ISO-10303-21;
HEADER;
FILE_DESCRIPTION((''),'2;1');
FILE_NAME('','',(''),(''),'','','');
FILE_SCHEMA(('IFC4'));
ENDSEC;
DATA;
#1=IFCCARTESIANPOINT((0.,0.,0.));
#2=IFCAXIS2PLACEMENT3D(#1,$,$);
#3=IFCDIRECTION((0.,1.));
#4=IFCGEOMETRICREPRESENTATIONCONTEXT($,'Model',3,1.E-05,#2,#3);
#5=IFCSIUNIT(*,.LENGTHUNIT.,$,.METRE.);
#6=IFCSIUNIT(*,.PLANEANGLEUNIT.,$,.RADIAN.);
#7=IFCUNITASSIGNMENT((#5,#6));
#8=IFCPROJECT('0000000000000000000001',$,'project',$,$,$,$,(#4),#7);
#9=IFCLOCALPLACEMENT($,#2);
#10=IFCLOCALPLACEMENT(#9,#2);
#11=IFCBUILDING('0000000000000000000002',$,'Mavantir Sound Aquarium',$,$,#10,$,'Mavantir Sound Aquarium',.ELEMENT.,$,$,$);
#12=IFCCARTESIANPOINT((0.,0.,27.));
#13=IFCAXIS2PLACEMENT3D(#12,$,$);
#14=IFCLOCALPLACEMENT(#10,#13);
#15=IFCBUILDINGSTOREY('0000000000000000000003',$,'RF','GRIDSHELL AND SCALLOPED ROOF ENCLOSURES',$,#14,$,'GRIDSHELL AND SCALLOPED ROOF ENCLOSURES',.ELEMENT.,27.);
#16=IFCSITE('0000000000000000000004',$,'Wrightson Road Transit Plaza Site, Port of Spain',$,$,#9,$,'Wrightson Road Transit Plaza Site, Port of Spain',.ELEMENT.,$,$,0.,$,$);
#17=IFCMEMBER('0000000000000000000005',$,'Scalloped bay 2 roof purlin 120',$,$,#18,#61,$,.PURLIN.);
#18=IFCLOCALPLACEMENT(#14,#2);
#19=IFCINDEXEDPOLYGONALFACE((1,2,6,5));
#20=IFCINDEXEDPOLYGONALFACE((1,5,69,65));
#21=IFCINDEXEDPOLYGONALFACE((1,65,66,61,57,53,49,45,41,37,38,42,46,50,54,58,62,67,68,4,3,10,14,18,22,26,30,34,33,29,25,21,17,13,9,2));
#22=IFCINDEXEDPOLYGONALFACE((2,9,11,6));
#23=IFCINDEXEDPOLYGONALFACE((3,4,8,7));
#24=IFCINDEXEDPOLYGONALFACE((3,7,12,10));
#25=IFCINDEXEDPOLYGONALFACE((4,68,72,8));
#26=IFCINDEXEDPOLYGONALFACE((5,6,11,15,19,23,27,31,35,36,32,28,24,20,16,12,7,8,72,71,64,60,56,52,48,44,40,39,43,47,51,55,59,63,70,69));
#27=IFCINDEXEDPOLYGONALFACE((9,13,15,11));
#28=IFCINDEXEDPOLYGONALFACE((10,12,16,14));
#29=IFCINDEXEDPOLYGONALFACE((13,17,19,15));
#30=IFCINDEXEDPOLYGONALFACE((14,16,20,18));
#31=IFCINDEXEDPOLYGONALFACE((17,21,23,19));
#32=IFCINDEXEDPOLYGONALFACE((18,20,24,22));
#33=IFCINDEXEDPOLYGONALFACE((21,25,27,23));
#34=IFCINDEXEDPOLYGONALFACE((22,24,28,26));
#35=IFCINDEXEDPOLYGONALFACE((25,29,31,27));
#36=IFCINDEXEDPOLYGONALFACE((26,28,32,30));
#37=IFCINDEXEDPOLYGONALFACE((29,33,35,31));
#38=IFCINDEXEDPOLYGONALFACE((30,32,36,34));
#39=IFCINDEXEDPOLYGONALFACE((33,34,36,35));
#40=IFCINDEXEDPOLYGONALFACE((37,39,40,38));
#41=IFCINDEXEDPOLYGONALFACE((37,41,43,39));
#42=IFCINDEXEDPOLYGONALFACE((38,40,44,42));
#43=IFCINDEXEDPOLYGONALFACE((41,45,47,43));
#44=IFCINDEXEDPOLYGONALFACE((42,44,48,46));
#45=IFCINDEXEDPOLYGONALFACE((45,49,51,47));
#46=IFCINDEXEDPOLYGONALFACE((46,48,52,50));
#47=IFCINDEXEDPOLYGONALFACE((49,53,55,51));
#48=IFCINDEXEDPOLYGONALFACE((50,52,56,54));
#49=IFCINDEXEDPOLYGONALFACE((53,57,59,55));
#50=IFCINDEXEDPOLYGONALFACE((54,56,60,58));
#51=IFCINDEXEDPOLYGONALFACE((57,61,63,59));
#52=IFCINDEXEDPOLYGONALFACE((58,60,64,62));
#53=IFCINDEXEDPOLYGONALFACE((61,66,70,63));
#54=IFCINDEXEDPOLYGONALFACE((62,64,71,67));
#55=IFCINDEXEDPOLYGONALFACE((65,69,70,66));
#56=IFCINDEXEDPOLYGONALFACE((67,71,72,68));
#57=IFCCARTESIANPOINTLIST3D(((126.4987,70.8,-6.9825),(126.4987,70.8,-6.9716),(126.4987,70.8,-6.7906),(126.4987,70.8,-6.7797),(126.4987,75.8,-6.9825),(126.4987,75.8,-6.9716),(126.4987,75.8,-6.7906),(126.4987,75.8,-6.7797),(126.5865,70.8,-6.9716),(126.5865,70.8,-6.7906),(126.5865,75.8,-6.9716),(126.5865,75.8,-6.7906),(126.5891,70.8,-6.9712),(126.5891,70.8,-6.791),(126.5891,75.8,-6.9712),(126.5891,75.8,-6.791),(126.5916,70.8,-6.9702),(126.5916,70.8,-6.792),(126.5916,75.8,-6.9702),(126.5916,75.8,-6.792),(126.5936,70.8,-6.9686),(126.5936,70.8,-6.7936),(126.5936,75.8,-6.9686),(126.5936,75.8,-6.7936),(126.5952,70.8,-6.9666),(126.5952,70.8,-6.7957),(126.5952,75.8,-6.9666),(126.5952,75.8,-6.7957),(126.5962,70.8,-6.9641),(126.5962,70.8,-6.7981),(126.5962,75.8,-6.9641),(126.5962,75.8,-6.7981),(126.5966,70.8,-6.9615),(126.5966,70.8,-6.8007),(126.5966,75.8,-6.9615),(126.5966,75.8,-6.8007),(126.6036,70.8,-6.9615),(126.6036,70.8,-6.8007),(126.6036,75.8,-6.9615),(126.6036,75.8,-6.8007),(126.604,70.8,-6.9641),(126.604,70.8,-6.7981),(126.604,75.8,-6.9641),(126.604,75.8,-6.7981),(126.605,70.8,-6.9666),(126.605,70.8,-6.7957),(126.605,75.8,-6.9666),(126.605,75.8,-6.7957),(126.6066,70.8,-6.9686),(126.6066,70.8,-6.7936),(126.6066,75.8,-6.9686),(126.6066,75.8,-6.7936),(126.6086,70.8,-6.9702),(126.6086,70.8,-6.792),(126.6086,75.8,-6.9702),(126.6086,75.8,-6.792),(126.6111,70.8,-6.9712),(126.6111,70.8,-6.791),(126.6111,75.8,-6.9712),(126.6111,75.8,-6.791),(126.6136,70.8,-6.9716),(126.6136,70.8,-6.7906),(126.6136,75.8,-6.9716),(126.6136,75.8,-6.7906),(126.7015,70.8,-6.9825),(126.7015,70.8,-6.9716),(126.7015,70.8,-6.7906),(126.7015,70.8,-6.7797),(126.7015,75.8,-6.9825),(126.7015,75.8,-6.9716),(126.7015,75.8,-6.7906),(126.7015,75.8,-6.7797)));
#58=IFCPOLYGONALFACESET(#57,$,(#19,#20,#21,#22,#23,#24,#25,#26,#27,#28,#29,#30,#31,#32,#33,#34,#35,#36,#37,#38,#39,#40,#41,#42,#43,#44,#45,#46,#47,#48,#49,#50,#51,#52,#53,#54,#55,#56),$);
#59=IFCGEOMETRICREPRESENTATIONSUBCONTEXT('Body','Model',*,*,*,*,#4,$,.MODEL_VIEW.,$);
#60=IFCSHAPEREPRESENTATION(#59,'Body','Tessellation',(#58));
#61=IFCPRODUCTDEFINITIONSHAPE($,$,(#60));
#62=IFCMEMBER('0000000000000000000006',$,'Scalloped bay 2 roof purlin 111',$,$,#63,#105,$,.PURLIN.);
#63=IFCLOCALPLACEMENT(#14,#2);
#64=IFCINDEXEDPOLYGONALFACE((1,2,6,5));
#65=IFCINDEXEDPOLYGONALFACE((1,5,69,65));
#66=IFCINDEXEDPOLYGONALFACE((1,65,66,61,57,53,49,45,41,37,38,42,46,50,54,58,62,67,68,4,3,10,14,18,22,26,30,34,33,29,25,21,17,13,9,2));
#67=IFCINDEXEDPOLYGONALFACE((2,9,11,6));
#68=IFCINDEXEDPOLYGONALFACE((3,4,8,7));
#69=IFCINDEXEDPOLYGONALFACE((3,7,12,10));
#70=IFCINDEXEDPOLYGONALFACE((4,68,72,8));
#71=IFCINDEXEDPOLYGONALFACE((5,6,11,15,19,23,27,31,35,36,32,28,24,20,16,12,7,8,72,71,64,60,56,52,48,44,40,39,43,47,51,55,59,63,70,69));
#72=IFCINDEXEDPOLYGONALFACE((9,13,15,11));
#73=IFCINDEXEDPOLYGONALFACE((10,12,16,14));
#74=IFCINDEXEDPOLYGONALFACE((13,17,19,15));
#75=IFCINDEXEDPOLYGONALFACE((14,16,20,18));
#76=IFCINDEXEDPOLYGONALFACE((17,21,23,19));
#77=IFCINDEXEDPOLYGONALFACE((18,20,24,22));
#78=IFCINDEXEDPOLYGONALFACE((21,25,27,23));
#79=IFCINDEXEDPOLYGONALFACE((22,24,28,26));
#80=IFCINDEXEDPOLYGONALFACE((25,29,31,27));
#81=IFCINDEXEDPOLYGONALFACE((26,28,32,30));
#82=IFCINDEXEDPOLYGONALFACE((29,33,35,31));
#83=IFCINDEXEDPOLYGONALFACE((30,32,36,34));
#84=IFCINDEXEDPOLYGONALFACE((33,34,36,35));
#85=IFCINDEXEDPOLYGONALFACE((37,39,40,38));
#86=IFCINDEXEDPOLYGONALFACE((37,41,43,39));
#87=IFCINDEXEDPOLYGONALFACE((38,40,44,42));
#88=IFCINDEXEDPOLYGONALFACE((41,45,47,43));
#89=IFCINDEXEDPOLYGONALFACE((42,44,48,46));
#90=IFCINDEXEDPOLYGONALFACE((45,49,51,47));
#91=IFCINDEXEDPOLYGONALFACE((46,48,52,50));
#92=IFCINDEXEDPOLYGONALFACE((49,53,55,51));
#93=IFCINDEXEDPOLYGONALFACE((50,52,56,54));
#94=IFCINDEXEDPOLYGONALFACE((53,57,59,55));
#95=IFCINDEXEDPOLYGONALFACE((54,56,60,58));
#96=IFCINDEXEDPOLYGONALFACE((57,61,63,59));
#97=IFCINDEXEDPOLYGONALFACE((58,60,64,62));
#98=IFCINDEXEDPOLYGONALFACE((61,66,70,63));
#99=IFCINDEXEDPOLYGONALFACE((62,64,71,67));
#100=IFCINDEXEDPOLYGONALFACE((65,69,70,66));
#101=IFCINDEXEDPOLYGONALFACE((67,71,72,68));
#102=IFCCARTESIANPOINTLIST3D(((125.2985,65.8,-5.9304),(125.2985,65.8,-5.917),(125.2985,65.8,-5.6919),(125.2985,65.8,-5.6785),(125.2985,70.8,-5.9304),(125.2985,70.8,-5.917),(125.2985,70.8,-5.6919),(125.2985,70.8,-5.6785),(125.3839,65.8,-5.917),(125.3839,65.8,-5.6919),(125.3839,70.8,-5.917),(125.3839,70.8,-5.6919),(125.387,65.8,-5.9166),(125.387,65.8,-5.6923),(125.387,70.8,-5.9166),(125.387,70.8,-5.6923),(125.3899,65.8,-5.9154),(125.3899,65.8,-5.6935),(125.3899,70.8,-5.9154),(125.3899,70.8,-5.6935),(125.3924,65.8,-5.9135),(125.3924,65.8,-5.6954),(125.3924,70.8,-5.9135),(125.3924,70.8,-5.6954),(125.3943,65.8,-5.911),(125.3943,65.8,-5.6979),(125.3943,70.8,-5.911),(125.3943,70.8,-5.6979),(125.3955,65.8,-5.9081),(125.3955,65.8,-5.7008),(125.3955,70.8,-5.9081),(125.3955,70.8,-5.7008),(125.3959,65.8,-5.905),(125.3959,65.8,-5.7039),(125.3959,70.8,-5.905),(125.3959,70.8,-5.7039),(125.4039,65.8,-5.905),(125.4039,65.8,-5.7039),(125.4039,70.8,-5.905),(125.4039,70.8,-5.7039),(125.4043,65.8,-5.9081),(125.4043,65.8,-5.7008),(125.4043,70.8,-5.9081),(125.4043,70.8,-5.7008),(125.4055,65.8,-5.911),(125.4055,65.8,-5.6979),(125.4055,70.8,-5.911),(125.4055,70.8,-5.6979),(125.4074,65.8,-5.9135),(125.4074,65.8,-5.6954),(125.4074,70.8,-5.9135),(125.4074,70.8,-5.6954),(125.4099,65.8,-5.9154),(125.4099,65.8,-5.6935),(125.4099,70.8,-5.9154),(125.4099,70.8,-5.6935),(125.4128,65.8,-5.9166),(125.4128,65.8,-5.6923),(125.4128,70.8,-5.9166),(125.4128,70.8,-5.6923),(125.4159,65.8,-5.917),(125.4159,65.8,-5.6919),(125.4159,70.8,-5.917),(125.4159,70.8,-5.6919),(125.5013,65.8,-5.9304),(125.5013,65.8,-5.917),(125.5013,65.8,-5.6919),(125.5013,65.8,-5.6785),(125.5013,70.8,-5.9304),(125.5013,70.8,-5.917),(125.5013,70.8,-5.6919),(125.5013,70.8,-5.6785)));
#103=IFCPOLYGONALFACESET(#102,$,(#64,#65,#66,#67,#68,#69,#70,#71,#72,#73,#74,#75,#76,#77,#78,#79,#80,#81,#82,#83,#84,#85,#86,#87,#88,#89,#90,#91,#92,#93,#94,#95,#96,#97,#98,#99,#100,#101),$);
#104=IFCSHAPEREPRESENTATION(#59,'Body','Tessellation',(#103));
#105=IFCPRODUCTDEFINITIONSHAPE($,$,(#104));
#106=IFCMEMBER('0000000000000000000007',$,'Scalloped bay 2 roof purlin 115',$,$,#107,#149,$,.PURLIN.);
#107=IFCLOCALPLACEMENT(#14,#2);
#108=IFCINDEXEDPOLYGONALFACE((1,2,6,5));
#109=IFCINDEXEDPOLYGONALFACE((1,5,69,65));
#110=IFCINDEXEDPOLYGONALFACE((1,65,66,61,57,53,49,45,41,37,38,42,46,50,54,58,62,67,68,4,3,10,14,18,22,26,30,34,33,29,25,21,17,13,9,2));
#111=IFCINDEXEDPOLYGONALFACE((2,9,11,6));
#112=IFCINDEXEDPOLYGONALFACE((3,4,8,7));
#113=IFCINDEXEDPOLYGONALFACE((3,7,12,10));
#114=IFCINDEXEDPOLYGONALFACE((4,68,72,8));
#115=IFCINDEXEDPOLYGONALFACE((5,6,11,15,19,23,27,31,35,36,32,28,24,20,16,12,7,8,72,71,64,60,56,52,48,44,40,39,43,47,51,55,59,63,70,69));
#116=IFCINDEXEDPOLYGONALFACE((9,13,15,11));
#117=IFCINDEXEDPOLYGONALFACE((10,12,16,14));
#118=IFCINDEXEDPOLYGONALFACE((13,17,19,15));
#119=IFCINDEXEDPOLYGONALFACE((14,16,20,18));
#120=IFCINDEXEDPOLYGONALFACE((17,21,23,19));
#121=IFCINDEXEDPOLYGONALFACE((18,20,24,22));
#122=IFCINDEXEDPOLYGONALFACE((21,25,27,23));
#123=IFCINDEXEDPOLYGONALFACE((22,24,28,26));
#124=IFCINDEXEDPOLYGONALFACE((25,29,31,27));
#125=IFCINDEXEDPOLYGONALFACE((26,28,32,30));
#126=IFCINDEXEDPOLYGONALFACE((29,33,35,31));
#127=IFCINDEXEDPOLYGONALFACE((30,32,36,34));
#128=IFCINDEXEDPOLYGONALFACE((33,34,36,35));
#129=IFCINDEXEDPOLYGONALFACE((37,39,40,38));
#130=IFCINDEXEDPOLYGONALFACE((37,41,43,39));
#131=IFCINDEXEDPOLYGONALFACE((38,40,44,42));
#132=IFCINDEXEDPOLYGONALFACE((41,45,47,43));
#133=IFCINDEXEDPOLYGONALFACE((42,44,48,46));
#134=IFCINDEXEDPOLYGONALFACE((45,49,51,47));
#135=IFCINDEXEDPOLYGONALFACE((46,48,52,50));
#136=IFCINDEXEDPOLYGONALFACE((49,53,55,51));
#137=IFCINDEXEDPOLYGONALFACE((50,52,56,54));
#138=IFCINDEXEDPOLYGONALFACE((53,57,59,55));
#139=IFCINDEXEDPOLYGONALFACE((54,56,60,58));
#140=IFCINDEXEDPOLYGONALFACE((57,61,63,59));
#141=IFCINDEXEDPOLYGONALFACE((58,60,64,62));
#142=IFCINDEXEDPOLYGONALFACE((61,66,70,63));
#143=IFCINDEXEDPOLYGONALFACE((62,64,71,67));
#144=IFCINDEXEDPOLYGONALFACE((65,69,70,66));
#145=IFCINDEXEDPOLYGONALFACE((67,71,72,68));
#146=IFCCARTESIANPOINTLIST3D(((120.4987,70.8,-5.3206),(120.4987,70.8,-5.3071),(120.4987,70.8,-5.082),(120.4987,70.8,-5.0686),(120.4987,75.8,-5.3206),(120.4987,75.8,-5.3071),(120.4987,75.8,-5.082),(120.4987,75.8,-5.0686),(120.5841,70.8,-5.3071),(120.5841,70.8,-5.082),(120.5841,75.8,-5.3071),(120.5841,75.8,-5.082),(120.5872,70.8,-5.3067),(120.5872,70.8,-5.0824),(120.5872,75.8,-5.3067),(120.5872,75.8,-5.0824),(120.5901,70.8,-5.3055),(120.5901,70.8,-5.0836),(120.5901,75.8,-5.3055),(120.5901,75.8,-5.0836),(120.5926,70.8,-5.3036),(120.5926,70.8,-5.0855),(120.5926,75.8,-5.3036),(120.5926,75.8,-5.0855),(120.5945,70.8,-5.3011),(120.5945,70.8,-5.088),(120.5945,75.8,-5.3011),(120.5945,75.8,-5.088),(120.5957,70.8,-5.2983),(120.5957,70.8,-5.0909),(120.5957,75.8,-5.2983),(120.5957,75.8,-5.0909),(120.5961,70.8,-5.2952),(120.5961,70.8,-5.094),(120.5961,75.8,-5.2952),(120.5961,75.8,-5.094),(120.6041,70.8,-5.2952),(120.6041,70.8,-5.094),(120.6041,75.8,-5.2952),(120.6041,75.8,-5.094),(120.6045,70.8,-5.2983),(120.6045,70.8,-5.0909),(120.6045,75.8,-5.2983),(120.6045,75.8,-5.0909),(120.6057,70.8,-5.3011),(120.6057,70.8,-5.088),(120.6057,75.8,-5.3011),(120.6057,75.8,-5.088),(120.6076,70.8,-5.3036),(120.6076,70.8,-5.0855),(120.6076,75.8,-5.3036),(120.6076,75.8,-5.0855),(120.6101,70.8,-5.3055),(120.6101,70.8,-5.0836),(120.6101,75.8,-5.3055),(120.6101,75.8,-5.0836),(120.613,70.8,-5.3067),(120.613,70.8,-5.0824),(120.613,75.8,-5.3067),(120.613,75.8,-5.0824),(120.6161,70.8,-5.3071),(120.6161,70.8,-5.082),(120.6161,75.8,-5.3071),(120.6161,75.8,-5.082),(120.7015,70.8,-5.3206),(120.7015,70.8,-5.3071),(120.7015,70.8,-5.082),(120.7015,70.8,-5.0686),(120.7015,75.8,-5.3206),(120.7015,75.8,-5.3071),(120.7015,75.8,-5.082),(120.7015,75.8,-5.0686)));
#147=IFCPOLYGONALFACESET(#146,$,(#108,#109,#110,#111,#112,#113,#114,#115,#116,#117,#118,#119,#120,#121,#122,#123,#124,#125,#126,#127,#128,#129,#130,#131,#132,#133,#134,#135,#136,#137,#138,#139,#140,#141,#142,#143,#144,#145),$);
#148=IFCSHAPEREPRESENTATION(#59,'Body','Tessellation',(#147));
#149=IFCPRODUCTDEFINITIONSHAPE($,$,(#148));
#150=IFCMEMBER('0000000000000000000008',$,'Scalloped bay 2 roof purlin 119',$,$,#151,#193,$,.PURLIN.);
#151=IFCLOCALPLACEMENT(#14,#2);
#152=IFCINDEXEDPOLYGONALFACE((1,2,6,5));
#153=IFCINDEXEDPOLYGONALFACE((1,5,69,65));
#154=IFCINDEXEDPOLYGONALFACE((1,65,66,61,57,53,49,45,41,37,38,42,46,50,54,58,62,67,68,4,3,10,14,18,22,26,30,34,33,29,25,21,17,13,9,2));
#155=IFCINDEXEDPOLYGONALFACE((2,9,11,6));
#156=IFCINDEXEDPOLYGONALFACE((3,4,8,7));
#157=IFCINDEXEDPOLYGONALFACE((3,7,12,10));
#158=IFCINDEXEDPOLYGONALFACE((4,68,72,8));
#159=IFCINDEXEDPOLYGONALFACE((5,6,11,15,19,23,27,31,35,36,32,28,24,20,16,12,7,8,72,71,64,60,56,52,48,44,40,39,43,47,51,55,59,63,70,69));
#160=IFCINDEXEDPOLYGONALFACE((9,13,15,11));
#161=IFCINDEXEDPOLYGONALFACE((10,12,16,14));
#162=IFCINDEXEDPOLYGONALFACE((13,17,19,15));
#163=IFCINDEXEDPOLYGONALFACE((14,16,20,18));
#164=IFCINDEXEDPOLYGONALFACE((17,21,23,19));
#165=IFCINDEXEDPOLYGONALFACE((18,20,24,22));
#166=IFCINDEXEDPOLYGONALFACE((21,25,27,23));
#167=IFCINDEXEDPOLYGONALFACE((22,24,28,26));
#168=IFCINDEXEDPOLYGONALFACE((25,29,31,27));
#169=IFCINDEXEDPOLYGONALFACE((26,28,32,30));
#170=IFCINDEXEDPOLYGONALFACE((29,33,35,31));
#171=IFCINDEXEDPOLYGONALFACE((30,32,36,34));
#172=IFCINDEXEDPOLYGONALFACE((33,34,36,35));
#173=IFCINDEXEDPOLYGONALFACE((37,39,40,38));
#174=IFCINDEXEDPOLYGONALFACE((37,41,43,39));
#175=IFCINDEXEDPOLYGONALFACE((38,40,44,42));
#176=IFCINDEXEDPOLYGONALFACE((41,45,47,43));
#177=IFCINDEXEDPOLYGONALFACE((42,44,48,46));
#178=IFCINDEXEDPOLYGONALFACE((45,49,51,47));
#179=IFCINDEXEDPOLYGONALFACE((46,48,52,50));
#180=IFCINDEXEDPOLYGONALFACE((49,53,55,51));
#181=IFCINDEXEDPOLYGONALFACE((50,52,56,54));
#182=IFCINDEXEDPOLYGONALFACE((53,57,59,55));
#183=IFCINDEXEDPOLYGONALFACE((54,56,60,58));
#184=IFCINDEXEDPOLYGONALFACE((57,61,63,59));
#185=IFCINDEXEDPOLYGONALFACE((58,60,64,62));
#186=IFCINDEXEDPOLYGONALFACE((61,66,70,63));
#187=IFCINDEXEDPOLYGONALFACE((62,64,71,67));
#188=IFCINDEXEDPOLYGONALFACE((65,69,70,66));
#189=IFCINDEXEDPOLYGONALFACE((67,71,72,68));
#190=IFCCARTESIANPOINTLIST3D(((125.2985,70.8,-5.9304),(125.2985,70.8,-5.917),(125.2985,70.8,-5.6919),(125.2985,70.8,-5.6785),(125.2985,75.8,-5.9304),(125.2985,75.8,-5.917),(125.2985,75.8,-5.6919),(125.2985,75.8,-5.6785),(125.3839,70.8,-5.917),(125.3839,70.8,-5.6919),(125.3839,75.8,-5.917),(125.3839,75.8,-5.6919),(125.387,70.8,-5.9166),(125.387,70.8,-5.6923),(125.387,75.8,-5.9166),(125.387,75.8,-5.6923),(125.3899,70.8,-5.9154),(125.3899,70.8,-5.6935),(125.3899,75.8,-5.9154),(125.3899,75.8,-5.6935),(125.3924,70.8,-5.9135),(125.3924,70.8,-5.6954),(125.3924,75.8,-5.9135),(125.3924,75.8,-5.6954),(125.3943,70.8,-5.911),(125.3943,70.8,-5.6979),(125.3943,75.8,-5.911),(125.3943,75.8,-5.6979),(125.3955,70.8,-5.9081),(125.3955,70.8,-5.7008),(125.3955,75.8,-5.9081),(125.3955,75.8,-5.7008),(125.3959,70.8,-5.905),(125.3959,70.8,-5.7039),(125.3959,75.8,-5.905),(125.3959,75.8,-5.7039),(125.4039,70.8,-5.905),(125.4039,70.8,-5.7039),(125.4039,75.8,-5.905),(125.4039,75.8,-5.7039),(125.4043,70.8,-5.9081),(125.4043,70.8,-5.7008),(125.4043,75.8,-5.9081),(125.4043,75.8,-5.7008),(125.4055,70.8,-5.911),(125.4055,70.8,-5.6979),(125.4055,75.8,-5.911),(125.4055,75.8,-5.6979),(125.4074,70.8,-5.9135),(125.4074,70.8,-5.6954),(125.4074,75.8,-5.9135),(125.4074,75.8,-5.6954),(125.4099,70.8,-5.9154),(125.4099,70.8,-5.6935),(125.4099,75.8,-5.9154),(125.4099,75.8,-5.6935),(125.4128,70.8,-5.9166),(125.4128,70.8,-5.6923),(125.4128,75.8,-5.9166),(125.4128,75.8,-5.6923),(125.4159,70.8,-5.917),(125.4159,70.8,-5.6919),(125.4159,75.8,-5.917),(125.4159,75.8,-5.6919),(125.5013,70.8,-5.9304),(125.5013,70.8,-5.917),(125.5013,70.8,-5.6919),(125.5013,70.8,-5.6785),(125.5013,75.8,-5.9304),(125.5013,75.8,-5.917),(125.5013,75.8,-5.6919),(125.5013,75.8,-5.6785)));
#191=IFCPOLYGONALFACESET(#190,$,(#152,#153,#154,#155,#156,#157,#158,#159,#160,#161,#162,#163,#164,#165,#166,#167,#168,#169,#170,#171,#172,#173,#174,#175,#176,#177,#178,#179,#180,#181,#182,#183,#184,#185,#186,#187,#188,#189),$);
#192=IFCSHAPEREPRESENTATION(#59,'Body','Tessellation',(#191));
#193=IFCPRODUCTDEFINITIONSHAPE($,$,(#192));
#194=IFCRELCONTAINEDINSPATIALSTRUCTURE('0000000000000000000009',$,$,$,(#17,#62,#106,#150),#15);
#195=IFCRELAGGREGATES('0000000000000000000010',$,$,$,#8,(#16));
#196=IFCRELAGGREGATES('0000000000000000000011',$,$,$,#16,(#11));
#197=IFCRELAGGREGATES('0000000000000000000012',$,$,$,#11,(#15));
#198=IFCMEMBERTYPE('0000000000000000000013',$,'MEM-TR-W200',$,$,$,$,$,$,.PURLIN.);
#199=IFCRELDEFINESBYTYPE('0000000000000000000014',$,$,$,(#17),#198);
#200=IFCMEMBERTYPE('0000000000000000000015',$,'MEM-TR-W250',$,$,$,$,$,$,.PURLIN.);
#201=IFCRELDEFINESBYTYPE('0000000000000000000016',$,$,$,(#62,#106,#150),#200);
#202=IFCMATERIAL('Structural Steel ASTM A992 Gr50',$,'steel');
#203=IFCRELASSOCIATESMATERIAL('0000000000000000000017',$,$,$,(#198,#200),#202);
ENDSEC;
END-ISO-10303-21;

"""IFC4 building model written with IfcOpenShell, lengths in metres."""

from ifc_helpers import new_model, si_unit, direction, frame, origin, origin_2d, place, context, subcontext, project, spatial, i_section, extrude, material, material_profile, profile_set, type_object, element, save


model = new_model("IFC4")

# Units and contexts
model_context = context("Model", 3, precision=1e-05, world=origin(), true_north=direction((0.0, 1.0)))
body_context = subcontext(model_context, "Body", "Model", "MODEL_VIEW")
ifc_project = project(units=[si_unit("LENGTHUNIT", "METRE"), si_unit("PLANEANGLEUNIT", "RADIAN")], contexts=[model_context])

# Site, building, storey
site_placement = place(None, origin())
site = spatial("IfcSite", under=ifc_project, at=site_placement, Name="Wrightson Road Transit Plaza Site, Port of Spain", LongName="Wrightson Road Transit Plaza Site, Port of Spain", CompositionType="ELEMENT", RefElevation=0.0)
building_placement = place(site_placement, origin())
building = spatial("IfcBuilding", under=site, at=building_placement, Name="Mavantir Sound Aquarium", LongName="Mavantir Sound Aquarium", CompositionType="ELEMENT")
storey_placement = place(building_placement, frame((0.0, 0.0, 27.0)))
storey = spatial("IfcBuildingStorey", under=building, at=storey_placement, Name="RF", Description="GRIDSHELL AND SCALLOPED ROOF ENCLOSURES", LongName="GRIDSHELL AND SCALLOPED ROOF ENCLOSURES", CompositionType="ELEMENT", Elevation=27.0)

# Members
ifc_material_1 = material(Name="Structural Steel ASTM A992 Gr50", Category="steel")
ifc_material_profile_1 = material_profile(ifc_material_1, i_section(OverallWidth=0.2029, OverallDepth=0.2029, WebThickness=0.0071, FlangeThickness=0.011, FilletRadius=0.01, at=origin_2d()), Name="W200X46")
ifc_profile_set_1 = profile_set([ifc_material_profile_1], Name="Structural Steel ASTM A992 Gr50")
member_type_1 = type_object("IfcMemberType", Name="MEM-TR-W200", PredefinedType="PURLIN", material=ifc_profile_set_1)
for number, where, z_axis, x_axis, name in (
    (1, (126.6001, 70.8, -6.8811), (0.0, 1.0, 0.0), (-1.0, 0.0, 0.0), "Scalloped bay 2 roof purlin 120"),
):
    element("IfcMember", number, at=place(storey_placement, frame(where, z_axis=z_axis, x_axis=x_axis)), inside=storey, type_object=member_type_1, Name=name, PredefinedType="PURLIN", context=body_context, shape_type="SweptSolid", body=[
        extrude(i_section(OverallWidth=0.2029, OverallDepth=0.2029, WebThickness=0.0071, FlangeThickness=0.011, FilletRadius=0.01, at=origin_2d()), origin(), (0.0, 0.0, 1.0), 5.0),
    ])
ifc_material_profile_2 = material_profile(ifc_material_1, i_section(OverallWidth=0.2029, OverallDepth=0.252, WebThickness=0.0081, FlangeThickness=0.0134, FilletRadius=0.012, at=origin_2d()), Name="W250X58")
ifc_profile_set_2 = profile_set([ifc_material_profile_2], Name="Structural Steel ASTM A992 Gr50")
member_type_2 = type_object("IfcMemberType", Name="MEM-TR-W250", PredefinedType="PURLIN", material=ifc_profile_set_2)
for number, where, z_axis, x_axis, name in (
    (2, (125.3999, 65.8, -5.8044), (0.0, 1.0, 0.0), (-1.0, 0.0, 0.0), "Scalloped bay 2 roof purlin 111"),
    (3, (120.6001, 70.8, -5.1946), (0.0, 1.0, 0.0), (-1.0, 0.0, 0.0), "Scalloped bay 2 roof purlin 115"),
    (4, (125.3999, 70.8, -5.8044), (0.0, 1.0, 0.0), (-1.0, 0.0, 0.0), "Scalloped bay 2 roof purlin 119"),
):
    element("IfcMember", number, at=place(storey_placement, frame(where, z_axis=z_axis, x_axis=x_axis)), inside=storey, type_object=member_type_2, Name=name, PredefinedType="PURLIN", context=body_context, shape_type="SweptSolid", body=[
        extrude(i_section(OverallWidth=0.2029, OverallDepth=0.252, WebThickness=0.0081, FlangeThickness=0.0134, FilletRadius=0.012, at=origin_2d()), origin(), (0.0, 0.0, 1.0), 5.0),
    ])

save(model, "model.ifc")
